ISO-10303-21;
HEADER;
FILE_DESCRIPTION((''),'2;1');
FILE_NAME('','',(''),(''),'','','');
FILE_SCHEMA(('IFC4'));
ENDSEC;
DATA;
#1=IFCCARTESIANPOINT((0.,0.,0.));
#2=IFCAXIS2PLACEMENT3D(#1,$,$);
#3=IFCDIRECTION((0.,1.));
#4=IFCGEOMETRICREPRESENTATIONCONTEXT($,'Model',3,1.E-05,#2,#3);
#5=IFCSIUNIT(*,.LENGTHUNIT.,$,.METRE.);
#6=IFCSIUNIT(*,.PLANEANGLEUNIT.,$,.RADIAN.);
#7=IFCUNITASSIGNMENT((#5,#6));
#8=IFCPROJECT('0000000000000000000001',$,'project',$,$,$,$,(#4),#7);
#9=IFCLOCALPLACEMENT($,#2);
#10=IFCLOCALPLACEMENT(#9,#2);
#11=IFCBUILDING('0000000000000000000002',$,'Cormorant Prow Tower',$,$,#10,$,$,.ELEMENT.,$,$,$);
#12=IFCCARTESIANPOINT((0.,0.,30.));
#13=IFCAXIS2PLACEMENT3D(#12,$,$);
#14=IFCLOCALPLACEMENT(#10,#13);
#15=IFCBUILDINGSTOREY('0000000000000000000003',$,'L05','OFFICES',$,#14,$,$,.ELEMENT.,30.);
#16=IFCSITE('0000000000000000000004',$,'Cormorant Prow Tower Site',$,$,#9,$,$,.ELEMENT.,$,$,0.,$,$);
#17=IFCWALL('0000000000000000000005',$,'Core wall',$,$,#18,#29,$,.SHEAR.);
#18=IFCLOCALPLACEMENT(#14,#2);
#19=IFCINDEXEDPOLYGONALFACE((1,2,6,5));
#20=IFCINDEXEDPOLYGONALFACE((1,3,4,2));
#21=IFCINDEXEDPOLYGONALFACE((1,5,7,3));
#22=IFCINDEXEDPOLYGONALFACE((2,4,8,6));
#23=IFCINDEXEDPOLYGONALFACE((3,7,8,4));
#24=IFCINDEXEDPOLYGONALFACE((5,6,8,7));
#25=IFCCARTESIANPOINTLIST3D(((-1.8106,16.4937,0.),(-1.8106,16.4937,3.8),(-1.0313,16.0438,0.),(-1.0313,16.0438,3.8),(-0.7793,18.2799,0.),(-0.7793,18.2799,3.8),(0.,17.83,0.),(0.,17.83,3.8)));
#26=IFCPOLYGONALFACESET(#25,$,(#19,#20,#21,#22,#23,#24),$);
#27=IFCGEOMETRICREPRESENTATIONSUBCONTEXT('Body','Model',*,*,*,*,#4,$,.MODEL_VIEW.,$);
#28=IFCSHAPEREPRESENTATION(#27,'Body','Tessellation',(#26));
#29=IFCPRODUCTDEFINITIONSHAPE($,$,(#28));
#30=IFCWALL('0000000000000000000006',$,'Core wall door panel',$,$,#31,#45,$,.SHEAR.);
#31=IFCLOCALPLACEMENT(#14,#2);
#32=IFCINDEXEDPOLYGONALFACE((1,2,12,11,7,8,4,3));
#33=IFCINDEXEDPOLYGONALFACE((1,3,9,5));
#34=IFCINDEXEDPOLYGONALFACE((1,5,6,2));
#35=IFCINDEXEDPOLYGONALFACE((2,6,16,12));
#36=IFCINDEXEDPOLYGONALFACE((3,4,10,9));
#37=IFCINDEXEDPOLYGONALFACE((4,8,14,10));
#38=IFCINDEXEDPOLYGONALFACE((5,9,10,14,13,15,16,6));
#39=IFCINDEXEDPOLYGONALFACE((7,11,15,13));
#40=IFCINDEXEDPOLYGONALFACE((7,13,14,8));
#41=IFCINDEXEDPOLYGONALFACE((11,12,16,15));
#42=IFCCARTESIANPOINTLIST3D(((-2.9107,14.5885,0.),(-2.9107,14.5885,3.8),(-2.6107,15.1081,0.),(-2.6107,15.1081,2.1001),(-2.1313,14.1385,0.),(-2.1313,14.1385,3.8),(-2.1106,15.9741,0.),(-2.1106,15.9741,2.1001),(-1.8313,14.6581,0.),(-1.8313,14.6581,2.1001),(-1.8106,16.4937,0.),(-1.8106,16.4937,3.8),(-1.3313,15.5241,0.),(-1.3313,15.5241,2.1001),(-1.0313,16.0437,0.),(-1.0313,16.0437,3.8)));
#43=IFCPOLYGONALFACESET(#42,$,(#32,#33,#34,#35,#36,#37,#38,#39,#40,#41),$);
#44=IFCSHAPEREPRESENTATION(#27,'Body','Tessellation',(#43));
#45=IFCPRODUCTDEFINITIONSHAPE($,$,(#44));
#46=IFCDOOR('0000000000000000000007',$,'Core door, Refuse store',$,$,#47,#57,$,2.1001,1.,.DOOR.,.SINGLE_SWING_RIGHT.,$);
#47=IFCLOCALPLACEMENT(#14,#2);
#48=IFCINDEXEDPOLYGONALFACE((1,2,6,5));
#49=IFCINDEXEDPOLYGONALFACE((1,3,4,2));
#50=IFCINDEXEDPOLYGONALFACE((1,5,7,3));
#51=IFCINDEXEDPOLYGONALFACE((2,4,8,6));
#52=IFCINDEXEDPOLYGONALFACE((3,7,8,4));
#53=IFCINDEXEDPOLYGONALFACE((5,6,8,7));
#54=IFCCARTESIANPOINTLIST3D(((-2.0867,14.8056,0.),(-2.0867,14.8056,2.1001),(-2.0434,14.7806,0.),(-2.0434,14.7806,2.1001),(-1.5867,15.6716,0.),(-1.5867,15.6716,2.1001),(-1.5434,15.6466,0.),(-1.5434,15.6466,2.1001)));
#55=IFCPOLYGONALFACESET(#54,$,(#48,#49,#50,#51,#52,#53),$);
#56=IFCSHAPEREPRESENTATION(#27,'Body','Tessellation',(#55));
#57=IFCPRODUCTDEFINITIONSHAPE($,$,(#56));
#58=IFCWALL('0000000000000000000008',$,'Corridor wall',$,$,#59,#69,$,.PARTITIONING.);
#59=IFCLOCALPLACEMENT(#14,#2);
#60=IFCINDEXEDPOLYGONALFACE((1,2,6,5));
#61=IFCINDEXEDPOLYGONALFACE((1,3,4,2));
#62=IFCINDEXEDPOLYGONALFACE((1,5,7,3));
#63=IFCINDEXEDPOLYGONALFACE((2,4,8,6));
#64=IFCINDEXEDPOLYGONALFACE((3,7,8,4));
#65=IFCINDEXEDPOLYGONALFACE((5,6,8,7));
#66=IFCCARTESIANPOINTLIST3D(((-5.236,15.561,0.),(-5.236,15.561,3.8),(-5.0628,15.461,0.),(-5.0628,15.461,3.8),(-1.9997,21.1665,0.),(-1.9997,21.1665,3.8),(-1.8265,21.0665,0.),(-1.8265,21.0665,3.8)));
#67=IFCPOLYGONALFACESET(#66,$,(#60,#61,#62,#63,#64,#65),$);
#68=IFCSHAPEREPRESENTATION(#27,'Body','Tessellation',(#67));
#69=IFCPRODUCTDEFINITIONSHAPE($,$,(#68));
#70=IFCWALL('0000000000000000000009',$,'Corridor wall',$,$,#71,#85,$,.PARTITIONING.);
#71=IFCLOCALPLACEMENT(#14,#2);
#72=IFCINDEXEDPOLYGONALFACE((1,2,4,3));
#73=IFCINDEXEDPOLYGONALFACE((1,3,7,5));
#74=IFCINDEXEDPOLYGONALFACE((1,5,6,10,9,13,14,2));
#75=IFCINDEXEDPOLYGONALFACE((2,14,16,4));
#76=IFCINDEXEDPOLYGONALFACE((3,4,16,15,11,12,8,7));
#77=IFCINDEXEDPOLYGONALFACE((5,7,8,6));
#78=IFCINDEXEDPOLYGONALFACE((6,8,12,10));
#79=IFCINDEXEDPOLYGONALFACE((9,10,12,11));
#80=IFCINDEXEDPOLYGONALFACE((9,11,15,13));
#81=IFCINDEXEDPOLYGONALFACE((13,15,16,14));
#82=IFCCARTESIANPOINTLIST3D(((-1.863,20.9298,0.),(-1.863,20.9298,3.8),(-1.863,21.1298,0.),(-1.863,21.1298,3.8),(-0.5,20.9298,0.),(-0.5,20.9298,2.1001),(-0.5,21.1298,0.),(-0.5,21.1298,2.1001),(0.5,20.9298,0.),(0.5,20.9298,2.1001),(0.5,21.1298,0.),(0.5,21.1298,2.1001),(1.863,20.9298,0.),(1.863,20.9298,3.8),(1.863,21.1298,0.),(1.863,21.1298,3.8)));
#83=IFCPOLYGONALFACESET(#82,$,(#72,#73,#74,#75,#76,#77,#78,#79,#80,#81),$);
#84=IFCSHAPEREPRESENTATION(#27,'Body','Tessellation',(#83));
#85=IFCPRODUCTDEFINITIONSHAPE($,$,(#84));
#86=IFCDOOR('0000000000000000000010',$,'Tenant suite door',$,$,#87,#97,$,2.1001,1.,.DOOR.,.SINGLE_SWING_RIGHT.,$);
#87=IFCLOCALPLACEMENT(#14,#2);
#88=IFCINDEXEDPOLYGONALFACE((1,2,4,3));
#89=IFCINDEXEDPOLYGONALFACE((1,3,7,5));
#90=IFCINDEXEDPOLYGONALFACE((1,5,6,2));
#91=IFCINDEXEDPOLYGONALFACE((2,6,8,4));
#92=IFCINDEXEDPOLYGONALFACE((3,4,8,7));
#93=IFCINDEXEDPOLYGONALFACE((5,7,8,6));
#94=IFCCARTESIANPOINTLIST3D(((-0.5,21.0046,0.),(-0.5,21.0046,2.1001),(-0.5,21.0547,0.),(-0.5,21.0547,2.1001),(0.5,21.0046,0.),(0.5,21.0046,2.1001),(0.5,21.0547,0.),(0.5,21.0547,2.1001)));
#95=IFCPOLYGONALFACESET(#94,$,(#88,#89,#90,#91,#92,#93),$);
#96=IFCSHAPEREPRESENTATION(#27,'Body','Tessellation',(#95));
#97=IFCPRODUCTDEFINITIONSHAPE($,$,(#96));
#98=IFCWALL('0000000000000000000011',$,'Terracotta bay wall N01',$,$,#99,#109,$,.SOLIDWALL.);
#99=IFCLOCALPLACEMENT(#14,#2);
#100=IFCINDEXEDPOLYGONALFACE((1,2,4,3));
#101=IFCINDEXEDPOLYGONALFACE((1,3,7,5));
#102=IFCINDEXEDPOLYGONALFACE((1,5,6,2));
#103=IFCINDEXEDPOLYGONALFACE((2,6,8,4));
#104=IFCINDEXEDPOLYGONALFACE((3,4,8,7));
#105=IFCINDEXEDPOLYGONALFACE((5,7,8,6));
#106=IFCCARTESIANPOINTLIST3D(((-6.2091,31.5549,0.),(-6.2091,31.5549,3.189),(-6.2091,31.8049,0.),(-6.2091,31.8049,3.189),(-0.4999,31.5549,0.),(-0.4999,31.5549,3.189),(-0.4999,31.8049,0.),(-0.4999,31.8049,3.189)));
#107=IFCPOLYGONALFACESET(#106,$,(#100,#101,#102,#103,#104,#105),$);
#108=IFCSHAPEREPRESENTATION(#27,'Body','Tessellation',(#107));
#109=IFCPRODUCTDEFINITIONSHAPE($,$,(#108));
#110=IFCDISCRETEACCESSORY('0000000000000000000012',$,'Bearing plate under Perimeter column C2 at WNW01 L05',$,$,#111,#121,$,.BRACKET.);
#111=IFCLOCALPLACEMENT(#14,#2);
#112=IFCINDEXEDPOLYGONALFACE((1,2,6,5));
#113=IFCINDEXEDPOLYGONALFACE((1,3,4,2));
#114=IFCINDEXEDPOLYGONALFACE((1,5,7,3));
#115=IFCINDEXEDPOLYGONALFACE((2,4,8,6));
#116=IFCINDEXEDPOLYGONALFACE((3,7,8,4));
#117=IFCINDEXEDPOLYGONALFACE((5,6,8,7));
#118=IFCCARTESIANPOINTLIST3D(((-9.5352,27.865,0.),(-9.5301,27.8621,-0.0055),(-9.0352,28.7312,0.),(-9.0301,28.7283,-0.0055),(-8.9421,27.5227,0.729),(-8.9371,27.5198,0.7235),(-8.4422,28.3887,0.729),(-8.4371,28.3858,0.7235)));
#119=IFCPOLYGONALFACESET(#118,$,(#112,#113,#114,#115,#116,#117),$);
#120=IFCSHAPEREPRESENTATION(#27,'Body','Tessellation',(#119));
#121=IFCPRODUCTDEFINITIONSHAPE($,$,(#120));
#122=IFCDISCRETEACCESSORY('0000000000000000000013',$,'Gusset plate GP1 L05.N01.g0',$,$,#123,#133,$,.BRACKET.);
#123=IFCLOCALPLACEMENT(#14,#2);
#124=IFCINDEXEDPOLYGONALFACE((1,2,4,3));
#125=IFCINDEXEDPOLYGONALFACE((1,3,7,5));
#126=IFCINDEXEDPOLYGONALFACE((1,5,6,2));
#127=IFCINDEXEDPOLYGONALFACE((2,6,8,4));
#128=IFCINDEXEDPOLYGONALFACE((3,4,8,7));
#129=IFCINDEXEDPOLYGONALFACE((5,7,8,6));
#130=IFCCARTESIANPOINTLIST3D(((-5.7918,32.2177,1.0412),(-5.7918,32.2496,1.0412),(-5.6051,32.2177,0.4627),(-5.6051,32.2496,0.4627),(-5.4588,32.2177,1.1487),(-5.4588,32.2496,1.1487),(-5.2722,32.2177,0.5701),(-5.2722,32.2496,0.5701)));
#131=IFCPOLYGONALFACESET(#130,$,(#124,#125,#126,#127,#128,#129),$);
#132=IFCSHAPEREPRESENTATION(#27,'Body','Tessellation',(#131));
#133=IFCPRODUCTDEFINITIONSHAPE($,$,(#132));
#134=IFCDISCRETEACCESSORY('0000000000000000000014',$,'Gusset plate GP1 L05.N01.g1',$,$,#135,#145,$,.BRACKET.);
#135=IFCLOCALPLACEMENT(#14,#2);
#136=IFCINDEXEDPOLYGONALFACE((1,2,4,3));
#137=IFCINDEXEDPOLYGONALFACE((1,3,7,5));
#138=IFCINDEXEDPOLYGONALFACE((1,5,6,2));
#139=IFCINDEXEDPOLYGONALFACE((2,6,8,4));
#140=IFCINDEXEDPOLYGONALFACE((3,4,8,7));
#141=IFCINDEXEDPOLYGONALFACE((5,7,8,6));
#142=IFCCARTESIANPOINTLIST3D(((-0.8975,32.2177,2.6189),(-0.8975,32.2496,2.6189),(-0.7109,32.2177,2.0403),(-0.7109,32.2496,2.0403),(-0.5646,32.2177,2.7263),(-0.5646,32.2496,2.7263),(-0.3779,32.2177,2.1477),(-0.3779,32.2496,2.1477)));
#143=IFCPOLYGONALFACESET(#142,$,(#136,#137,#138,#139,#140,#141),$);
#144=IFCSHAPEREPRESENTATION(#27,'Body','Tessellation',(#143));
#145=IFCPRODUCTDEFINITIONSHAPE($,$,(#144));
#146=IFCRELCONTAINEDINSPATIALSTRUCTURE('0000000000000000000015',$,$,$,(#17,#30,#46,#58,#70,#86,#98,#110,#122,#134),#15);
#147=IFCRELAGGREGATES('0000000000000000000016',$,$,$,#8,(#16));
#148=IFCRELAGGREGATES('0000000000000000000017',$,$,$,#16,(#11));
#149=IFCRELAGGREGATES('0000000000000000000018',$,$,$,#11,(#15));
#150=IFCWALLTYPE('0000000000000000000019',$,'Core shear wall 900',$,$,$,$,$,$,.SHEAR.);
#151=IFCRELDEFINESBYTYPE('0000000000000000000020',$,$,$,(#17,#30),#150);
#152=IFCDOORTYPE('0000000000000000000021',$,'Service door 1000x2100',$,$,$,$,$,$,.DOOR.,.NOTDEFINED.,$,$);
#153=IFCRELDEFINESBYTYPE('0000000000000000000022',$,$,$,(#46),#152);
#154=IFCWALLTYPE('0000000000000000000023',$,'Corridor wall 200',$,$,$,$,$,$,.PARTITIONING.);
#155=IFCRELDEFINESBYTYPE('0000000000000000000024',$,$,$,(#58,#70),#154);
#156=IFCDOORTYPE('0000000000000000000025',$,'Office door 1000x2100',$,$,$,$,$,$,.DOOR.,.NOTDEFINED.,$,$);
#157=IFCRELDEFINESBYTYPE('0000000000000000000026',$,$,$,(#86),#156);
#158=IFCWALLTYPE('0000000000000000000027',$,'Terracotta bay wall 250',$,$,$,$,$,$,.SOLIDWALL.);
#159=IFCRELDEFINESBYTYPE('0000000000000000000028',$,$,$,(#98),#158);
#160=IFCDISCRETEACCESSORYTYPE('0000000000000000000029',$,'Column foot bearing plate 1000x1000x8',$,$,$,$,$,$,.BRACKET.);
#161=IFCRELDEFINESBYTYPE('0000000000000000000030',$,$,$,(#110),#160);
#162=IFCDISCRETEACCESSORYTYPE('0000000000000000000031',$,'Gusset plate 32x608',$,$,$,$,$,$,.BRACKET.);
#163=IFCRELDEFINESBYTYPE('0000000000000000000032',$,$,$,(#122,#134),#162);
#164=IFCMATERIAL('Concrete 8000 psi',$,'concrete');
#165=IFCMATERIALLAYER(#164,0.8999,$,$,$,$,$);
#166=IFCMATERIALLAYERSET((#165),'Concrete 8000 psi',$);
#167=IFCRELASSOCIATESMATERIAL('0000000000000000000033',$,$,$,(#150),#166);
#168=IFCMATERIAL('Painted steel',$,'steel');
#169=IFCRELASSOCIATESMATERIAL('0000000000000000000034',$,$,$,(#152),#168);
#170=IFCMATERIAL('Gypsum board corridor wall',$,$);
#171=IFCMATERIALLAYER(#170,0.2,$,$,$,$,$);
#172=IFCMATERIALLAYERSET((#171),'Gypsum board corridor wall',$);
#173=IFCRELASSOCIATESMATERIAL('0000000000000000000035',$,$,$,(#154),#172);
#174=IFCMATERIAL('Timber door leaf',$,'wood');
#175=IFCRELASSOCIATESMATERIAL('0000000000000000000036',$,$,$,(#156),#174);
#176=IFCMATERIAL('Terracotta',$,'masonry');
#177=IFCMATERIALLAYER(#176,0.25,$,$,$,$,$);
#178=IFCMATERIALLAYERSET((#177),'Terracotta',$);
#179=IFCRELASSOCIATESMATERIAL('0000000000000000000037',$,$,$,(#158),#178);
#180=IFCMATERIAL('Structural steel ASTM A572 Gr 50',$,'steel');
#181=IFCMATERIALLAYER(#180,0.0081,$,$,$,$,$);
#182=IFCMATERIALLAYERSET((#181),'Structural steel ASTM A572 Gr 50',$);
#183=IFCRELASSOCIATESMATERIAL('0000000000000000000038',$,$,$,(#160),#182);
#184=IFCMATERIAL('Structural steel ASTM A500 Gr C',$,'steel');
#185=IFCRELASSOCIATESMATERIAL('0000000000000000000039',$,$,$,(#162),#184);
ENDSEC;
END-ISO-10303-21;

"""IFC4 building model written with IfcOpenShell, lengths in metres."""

from ifc_helpers import new_model, si_unit, direction, frame, frame_2d, origin, origin_2d, place, context, subcontext, project, spatial, polyline, rectangle, outline, extrude, material, layer, layer_set, material_profile, profile_set, type_object, element, fill, save


model = new_model("IFC4")

# Units and contexts
model_context = context("Model", 3, precision=1e-05, world=origin(), true_north=direction((0.0, 1.0)))
body_context = subcontext(model_context, "Body", "Model", "MODEL_VIEW")
ifc_project = project(units=[si_unit("LENGTHUNIT", "METRE"), si_unit("PLANEANGLEUNIT", "RADIAN")], contexts=[model_context])

# Site, building, storey
site_placement = place(None, origin())
site = spatial("IfcSite", under=ifc_project, at=site_placement, Name="Cormorant Prow Tower Site", CompositionType="ELEMENT", RefElevation=0.0)
building_placement = place(site_placement, origin())
building = spatial("IfcBuilding", under=site, at=building_placement, Name="Cormorant Prow Tower", CompositionType="ELEMENT")
storey_placement = place(building_placement, frame((0.0, 0.0, 30.0)))
storey = spatial("IfcBuildingStorey", under=building, at=storey_placement, Name="L05", Description="OFFICES", CompositionType="ELEMENT", Elevation=30.0)

# Wall
ifc_material_1 = material(Name="Concrete 8000 psi", Category="concrete")
ifc_layer_1 = layer(ifc_material_1, 0.8999)
ifc_layer_set_1 = layer_set([ifc_layer_1], Name="Concrete 8000 psi")
wall_type_1 = type_object("IfcWallType", Name="Core shear wall 900", PredefinedType="SHEAR", material=ifc_layer_set_1)
wall_1_placement = place(storey_placement, frame((-0.3896, 18.0549, 0.0), z_axis=(0.0, 0.0, 1.0), x_axis=(-0.500009, -0.86602, 0.0)))
element("IfcWall", 1, at=wall_1_placement, inside=storey, type_object=wall_type_1, Name="Core wall", PredefinedType="SHEAR", context=body_context, shape_type="SweptSolid", body=[
    extrude(rectangle(XDim=2.0625, YDim=0.8999, at=frame_2d((1.0312, 0.0))), origin(), (0.0, 0.0, 1.0), 3.8),
])

# Wall, opening, door
wall_2_placement = place(storey_placement, frame((-1.4209, 16.2688, 0.0), z_axis=(0.0, 0.0, 1.0), x_axis=(-0.50003, -0.866008, 0.0)))
wall_2 = element("IfcWall", 2, at=wall_2_placement, inside=storey, type_object=wall_type_1, Name="Core wall door panel", PredefinedType="SHEAR", context=body_context, shape_type="SweptSolid", body=[
    extrude(rectangle(XDim=2.2, YDim=0.8999, at=frame_2d((1.1001, 0.0))), origin(), (0.0, 0.0, 1.0), 3.8),
])
opening_1_placement = place(wall_2_placement, frame((0.6001, 0.0, 0.0)))
opening_1 = element("IfcOpeningElement", 3, at=opening_1_placement, cuts=wall_2, PredefinedType="OPENING", context=body_context, shape_type="SweptSolid", body=[
    extrude(rectangle(XDim=1.0, YDim=2.1001, at=frame_2d((0.5, 1.05))), frame((0.0, 0.46, 0.0), z_axis=(0.0, -1.0, 0.0), x_axis=(1.0, 0.0, 0.0)), (0.0, 0.0, 1.0), 0.9199),
])
ifc_material_2 = material(Name="Painted steel", Category="steel")
door_type_1 = type_object("IfcDoorType", Name="Service door 1000x2100", OperationType="NOTDEFINED", PredefinedType="DOOR", material=ifc_material_2)
door_1_placement = place(opening_1_placement, origin())
door_1 = element("IfcDoor", 4, at=door_1_placement, inside=storey, type_object=door_type_1, Name="Core door, Refuse store", OperationType="SINGLE_SWING_RIGHT", OverallHeight=2.1001, OverallWidth=1.0, PredefinedType="DOOR", context=body_context, shape_type="SweptSolid", body=[
    extrude(rectangle(XDim=1.0, YDim=2.1001, at=frame_2d((0.5, 1.05))), frame((0.0, 0.2051, 0.0), z_axis=(0.0, -1.0, 0.0), x_axis=(1.0, 0.0, 0.0)), (0.0, 0.0, 1.0), 0.05),
])
fill(opening_1, door_1)

# Wall
ifc_material_3 = material(Name="Gypsum board corridor wall")
ifc_layer_2 = layer(ifc_material_3, 0.2)
ifc_layer_set_2 = layer_set([ifc_layer_2], Name="Gypsum board corridor wall")
wall_type_2 = type_object("IfcWallType", Name="Corridor wall 200", PredefinedType="PARTITIONING", material=ifc_layer_set_2)
wall_3_placement = place(storey_placement, frame((-5.1494, 15.511, 0.0), z_axis=(0.0, 0.0, 1.0), x_axis=(0.500001, 0.866025, 0.0)))
element("IfcWall", 5, at=wall_3_placement, inside=storey, type_object=wall_type_2, Name="Corridor wall", PredefinedType="PARTITIONING", context=body_context, shape_type="SweptSolid", body=[
    extrude(rectangle(XDim=6.4727, YDim=0.2, at=frame_2d((3.2363, 0.0))), origin(), (0.0, 0.0, 1.0), 3.8),
])

# Wall, opening, door
wall_4_placement = place(storey_placement, frame((-1.863, 21.0298, 0.0), z_axis=(0.0, 0.0, 1.0), x_axis=(1.0, 0.0, 0.0)))
wall_4 = element("IfcWall", 6, at=wall_4_placement, inside=storey, type_object=wall_type_2, Name="Corridor wall", PredefinedType="PARTITIONING", context=body_context, shape_type="SweptSolid", body=[
    extrude(rectangle(XDim=3.7261, YDim=0.2, at=frame_2d((1.863, 0.0))), origin(), (0.0, 0.0, 1.0), 3.8),
])
opening_2_placement = place(wall_4_placement, frame((1.363, 0.0, 0.0)))
opening_2 = element("IfcOpeningElement", 7, at=opening_2_placement, cuts=wall_4, PredefinedType="OPENING", context=body_context, shape_type="SweptSolid", body=[
    extrude(rectangle(XDim=1.0, YDim=2.1001, at=frame_2d((0.5, 1.05))), frame((0.0, 0.1099, 0.0), z_axis=(0.0, -1.0, 0.0), x_axis=(1.0, 0.0, 0.0)), (0.0, 0.0, 1.0), 0.22),
])
ifc_material_4 = material(Name="Timber door leaf", Category="wood")
door_type_2 = type_object("IfcDoorType", Name="Office door 1000x2100", OperationType="NOTDEFINED", PredefinedType="DOOR", material=ifc_material_4)
door_2_placement = place(opening_2_placement, origin())
door_2 = element("IfcDoor", 8, at=door_2_placement, inside=storey, type_object=door_type_2, Name="Tenant suite door", OperationType="SINGLE_SWING_RIGHT", OverallHeight=2.1001, OverallWidth=1.0, PredefinedType="DOOR", context=body_context, shape_type="SweptSolid", body=[
    extrude(rectangle(XDim=1.0, YDim=2.1001, at=frame_2d((0.5, 1.05))), frame((0.0, 0.0249, 0.0), z_axis=(0.0, -1.0, 0.0), x_axis=(1.0, 0.0, 0.0)), (0.0, 0.0, 1.0), 0.05),
])
fill(opening_2, door_2)

# Wall
ifc_material_5 = material(Name="Terracotta", Category="masonry")
ifc_layer_3 = layer(ifc_material_5, 0.25)
ifc_layer_set_3 = layer_set([ifc_layer_3], Name="Terracotta")
wall_type_3 = type_object("IfcWallType", Name="Terracotta bay wall 250", PredefinedType="SOLIDWALL", material=ifc_layer_set_3)
wall_5_placement = place(storey_placement, frame((-0.5, 31.6799, 0.0), z_axis=(0.0, 0.0, 1.0), x_axis=(-1.0, 0.0, 0.0)))
element("IfcWall", 9, at=wall_5_placement, inside=storey, type_object=wall_type_3, Name="Terracotta bay wall N01", PredefinedType="SOLIDWALL", context=body_context, shape_type="SweptSolid", body=[
    extrude(rectangle(XDim=5.7092, YDim=0.25, at=frame_2d((2.8545, 0.0))), origin(), (0.0, 0.0, 1.0), 3.189),
])

# Discrete accessories
ifc_material_6 = material(Name="Structural steel ASTM A572 Gr 50", Category="steel")
ifc_layer_4 = layer(ifc_material_6, 0.0081)
ifc_layer_set_4 = layer_set([ifc_layer_4], Name="Structural steel ASTM A572 Gr 50")
discrete_accessory_type_1 = type_object("IfcDiscreteAccessoryType", Name="Column foot bearing plate 1000x1000x8", PredefinedType="BRACKET", material=ifc_layer_set_4)
discrete_accessory_placement = place(storey_placement, frame((-8.9421, 27.5227, 0.729), z_axis=(-0.631234, 0.364416, 0.684649), x_axis=(0.499997, 0.866027, 0.00003)))
element("IfcDiscreteAccessory", 10, at=discrete_accessory_placement, inside=storey, type_object=discrete_accessory_type_1, Name="Bearing plate under Perimeter column C2 at WNW01 L05", PredefinedType="BRACKET", context=body_context, shape_type="SweptSolid", body=[
    extrude(outline(polyline([(0.0, 0.0), (0.9999, 0.0), (1.0001, 1.0002), (-0.0001, 1.0001), (0.0, 0.0)])), origin(), (0.0, 0.0, -1.0), 0.0081),
])
ifc_material_7 = material(Name="Structural steel ASTM A500 Gr C", Category="steel")
ifc_material_profile_1 = material_profile(ifc_material_7, rectangle(XDim=0.032, YDim=0.6079, at=origin_2d()), Name="Gusset plate 32x608")
ifc_profile_set_1 = profile_set([ifc_material_profile_1], Name="Structural steel ASTM A500 Gr C")
discrete_accessory_type_2 = type_object("IfcDiscreteAccessoryType", Name="Gusset plate 32x608", PredefinedType="BRACKET", material=ifc_profile_set_1)
for number, where, z_axis, x_axis, name in (
    (11, (-5.3655, 32.2336, 0.8594), (-0.951709, 0.0, -0.307003), (0.0, -1.0, 0.0), "Gusset plate GP1 L05.N01.g0"),
    (12, (-0.8042, 32.2336, 2.3296), (0.951709, 0.0, 0.307003), (0.0, 1.0, 0.0), "Gusset plate GP1 L05.N01.g1"),
):
    element("IfcDiscreteAccessory", number, at=place(storey_placement, frame(where, z_axis=z_axis, x_axis=x_axis)), inside=storey, type_object=discrete_accessory_type_2, Name=name, PredefinedType="BRACKET", context=body_context, shape_type="SweptSolid", body=[
        extrude(rectangle(XDim=0.032, YDim=0.6079, at=origin_2d()), origin(), (0.0, 0.0, 1.0), 0.3499),
    ])

save(model, "model.ifc")
